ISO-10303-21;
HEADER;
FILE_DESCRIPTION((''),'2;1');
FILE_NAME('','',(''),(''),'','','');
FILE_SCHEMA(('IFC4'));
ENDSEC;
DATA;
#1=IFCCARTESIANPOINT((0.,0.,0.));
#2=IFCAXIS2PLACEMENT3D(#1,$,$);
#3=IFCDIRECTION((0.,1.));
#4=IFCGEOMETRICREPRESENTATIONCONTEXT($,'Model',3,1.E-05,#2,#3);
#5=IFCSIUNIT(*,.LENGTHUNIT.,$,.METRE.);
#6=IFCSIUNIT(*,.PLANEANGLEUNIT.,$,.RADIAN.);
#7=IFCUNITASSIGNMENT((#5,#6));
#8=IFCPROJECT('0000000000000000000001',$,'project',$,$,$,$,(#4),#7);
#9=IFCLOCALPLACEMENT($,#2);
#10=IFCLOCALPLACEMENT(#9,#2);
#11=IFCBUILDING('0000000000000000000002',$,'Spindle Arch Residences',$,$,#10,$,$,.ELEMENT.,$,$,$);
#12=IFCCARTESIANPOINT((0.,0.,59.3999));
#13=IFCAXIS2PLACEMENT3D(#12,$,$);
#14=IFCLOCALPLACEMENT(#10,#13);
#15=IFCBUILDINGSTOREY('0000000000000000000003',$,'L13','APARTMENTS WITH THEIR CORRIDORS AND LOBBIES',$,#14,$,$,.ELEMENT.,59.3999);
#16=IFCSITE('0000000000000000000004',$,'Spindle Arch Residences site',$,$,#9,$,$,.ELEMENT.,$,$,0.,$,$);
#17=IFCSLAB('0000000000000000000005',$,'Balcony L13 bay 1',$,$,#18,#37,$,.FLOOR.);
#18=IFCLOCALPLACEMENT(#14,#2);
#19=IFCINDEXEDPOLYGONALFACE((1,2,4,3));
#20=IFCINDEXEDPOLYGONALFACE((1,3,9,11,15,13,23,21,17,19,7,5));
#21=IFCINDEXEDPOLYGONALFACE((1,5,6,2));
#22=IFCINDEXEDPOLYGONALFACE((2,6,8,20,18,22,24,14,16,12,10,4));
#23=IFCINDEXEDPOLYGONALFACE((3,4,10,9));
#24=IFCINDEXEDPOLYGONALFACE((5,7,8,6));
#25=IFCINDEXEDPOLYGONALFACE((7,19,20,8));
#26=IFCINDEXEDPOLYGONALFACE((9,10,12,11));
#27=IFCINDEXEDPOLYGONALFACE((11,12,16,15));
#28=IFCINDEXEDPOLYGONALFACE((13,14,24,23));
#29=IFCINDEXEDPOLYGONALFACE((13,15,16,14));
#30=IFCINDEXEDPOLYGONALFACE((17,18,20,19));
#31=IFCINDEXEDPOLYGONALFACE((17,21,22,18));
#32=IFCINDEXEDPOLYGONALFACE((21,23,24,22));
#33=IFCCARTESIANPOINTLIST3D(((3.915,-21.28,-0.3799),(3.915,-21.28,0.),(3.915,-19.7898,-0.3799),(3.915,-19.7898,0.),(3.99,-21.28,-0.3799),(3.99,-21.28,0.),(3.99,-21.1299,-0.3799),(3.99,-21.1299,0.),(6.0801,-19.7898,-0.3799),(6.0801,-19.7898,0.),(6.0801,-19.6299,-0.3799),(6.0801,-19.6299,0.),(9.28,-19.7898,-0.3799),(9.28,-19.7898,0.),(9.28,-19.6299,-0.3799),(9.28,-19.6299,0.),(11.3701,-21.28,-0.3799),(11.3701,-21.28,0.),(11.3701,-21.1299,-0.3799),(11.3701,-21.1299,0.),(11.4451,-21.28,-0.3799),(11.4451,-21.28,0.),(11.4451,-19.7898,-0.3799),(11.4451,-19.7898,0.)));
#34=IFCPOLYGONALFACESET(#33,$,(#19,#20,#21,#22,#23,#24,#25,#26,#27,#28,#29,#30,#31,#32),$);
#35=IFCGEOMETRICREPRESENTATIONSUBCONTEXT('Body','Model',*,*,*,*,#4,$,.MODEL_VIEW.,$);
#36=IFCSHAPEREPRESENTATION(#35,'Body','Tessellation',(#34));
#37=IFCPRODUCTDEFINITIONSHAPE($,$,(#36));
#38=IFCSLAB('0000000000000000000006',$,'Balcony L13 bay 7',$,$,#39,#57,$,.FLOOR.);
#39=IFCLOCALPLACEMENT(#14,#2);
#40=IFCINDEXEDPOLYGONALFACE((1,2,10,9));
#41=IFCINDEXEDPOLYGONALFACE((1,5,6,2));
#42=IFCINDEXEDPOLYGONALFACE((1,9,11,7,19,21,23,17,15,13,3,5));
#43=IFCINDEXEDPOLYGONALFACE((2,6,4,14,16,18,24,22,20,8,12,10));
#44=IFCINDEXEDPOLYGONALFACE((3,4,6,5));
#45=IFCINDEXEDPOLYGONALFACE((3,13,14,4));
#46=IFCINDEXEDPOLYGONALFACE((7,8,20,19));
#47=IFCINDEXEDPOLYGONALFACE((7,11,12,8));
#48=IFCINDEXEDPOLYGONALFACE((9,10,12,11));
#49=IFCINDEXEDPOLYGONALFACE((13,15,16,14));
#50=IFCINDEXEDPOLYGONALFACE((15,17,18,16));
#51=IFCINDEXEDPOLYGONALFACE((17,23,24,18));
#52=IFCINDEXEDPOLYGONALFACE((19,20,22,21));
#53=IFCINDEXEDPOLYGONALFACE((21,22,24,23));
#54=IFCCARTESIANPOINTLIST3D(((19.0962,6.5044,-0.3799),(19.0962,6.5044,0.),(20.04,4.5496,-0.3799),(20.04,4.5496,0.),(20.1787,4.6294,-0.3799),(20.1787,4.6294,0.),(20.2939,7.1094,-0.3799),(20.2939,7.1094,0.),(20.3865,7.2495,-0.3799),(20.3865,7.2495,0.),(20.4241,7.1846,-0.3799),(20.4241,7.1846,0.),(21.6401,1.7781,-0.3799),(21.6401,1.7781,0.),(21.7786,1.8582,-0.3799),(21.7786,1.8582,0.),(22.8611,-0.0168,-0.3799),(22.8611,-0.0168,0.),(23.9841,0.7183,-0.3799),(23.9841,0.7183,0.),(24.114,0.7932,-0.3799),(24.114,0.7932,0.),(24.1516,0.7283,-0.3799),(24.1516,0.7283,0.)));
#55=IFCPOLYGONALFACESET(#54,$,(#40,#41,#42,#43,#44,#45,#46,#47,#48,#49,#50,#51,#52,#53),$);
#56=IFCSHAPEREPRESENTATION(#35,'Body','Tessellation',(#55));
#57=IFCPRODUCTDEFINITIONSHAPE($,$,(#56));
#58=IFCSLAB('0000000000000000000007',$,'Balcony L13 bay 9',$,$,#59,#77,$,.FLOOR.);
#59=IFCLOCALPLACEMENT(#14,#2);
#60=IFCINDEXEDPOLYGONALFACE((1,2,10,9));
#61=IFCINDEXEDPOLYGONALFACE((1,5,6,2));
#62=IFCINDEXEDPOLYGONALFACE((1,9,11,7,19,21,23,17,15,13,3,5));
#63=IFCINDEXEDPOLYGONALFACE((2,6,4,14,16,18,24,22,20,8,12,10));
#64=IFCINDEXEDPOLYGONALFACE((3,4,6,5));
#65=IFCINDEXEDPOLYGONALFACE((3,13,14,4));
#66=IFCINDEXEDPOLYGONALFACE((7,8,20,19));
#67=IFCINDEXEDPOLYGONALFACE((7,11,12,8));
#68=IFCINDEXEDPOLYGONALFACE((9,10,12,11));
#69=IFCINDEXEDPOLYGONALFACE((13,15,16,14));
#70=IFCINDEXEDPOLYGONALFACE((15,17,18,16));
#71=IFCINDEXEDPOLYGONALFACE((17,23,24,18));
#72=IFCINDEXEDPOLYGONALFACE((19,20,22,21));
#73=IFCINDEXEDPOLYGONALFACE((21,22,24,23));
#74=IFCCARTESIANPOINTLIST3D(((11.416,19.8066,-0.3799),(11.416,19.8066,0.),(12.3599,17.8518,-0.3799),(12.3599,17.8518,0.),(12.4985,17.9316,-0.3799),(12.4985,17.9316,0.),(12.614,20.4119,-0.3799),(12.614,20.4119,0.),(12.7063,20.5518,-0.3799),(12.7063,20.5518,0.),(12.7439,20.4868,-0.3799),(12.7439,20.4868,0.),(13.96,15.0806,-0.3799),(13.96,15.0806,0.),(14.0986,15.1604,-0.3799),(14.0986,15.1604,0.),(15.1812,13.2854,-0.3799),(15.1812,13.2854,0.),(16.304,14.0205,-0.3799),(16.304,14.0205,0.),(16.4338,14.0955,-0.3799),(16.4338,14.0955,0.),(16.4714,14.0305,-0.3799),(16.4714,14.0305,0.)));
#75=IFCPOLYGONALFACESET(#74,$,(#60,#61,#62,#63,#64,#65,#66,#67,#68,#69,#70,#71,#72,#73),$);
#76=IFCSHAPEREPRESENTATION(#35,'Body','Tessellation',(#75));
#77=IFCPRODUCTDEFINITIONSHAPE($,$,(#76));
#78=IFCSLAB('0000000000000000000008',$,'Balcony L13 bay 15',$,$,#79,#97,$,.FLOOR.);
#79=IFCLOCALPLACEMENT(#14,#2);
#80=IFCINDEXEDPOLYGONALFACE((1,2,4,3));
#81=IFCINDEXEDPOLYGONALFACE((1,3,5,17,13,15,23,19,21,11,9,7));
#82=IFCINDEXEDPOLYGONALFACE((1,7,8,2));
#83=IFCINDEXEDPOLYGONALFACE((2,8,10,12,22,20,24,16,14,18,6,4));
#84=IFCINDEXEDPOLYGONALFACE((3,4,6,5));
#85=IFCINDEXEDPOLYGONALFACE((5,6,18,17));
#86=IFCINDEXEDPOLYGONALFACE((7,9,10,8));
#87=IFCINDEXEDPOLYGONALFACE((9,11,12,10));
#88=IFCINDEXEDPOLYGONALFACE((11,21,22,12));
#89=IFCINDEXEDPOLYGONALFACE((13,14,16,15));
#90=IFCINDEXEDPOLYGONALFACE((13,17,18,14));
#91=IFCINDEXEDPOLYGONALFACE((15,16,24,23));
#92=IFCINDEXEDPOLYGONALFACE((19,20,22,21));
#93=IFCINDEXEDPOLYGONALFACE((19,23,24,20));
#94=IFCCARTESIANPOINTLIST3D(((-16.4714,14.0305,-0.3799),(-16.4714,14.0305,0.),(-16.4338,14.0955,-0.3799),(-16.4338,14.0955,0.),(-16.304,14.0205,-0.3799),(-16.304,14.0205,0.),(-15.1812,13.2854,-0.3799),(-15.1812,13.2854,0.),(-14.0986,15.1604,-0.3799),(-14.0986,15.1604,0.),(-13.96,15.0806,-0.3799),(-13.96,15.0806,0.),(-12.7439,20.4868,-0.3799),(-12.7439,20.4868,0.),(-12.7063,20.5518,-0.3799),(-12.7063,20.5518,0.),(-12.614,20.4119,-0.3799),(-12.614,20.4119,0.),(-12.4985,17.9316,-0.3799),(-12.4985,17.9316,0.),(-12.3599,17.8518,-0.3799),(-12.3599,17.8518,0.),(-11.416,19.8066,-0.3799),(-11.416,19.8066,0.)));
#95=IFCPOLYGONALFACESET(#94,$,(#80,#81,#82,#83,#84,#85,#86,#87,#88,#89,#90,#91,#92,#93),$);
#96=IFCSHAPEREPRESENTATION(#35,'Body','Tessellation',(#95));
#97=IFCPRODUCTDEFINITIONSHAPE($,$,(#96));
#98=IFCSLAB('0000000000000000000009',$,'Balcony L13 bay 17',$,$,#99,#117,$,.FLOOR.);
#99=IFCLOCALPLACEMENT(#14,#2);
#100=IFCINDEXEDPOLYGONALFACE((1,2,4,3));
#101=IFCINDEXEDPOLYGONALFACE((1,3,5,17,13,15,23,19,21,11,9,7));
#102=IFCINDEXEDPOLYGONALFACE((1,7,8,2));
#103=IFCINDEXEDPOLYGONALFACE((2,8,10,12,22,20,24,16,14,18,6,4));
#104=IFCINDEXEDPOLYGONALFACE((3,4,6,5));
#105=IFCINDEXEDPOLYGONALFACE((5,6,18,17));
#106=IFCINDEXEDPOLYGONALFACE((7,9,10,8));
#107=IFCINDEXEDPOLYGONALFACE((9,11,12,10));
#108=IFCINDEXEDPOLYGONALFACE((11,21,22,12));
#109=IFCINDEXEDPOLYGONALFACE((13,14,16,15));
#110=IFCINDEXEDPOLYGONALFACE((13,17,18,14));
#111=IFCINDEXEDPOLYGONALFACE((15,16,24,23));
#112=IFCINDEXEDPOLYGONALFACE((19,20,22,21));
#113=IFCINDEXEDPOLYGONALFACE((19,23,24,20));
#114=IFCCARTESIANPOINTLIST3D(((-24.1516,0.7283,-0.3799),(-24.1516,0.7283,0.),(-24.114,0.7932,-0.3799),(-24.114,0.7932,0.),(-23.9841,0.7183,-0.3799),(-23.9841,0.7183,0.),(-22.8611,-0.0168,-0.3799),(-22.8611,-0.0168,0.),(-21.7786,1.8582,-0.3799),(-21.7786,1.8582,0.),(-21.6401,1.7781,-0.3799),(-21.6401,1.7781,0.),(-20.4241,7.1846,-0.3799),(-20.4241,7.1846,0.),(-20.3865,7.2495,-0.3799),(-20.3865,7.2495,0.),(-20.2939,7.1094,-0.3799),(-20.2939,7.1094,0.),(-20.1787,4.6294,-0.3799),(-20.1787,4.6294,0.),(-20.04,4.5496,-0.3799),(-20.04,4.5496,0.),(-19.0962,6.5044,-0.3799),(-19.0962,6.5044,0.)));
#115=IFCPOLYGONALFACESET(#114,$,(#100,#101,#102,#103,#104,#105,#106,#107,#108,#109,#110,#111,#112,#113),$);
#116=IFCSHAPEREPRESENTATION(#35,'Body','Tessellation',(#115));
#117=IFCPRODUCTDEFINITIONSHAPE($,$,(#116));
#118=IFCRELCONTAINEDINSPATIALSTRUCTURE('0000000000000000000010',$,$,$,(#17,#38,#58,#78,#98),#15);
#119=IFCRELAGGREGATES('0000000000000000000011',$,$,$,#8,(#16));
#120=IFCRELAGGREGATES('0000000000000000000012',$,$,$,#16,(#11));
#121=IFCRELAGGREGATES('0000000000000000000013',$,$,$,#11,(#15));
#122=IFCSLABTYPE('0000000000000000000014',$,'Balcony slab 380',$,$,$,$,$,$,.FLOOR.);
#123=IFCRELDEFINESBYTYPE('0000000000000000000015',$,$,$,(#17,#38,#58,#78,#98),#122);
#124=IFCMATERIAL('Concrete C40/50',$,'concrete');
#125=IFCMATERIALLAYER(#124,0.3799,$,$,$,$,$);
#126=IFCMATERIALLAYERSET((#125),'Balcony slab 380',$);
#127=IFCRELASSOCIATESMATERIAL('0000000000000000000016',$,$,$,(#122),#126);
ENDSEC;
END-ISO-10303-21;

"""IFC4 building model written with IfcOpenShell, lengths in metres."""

from ifc_helpers import new_model, si_unit, direction, frame, origin, place, context, subcontext, project, spatial, polyline, outline, extrude, material, layer, layer_set, type_object, element, save


model = new_model("IFC4")

# Units and contexts
model_context = context("Model", 3, precision=1e-05, world=origin(), true_north=direction((0.0, 1.0)))
body_context = subcontext(model_context, "Body", "Model", "MODEL_VIEW")
ifc_project = project(units=[si_unit("LENGTHUNIT", "METRE"), si_unit("PLANEANGLEUNIT", "RADIAN")], contexts=[model_context])

# Site, building, storey
site_placement = place(None, origin())
site = spatial("IfcSite", under=ifc_project, at=site_placement, Name="Spindle Arch Residences site", CompositionType="ELEMENT", RefElevation=0.0)
building_placement = place(site_placement, origin())
building = spatial("IfcBuilding", under=site, at=building_placement, Name="Spindle Arch Residences", CompositionType="ELEMENT")
storey_placement = place(building_placement, frame((0.0, 0.0, 59.3999)))
storey = spatial("IfcBuildingStorey", under=building, at=storey_placement, Name="L13", Description="APARTMENTS WITH THEIR CORRIDORS AND LOBBIES", CompositionType="ELEMENT", Elevation=59.3999)

# Slabs
ifc_material_1 = material(Name="Concrete C40/50", Category="concrete")
ifc_layer_1 = layer(ifc_material_1, 0.3799)
ifc_layer_set_1 = layer_set([ifc_layer_1], Name="Balcony slab 380")
slab_type_1 = type_object("IfcSlabType", Name="Balcony slab 380", PredefinedType="FLOOR", material=ifc_layer_set_1)
slab_1_placement = place(storey_placement, frame((0.0, 0.0, -0.3799)))
element("IfcSlab", 1, at=slab_1_placement, inside=storey, type_object=slab_type_1, Name="Balcony L13 bay 1", PredefinedType="FLOOR", context=body_context, shape_type="SweptSolid", body=[
    extrude(outline(polyline([(3.915, -21.28), (3.99, -21.28), (3.99, -21.1299), (11.3701, -21.1299), (11.3701, -21.28), (11.4451, -21.28), (11.4451, -19.7898), (9.28, -19.7898), (9.28, -19.6299), (6.0801, -19.6299), (6.0801, -19.7898), (3.915, -19.7898), (3.915, -21.28)])), origin(), (0.0, 0.0, 1.0), 0.3799),
])
slab_2_placement = place(storey_placement, frame((0.0, 0.0, -0.3799)))
element("IfcSlab", 2, at=slab_2_placement, inside=storey, type_object=slab_type_1, Name="Balcony L13 bay 7", PredefinedType="FLOOR", context=body_context, shape_type="SweptSolid", body=[
    extrude(outline(polyline([(24.1516, 0.7283), (24.114, 0.7932), (23.9841, 0.7183), (20.2939, 7.1094), (20.4241, 7.1846), (20.3865, 7.2495), (19.0962, 6.5044), (20.1787, 4.6294), (20.04, 4.5496), (21.6401, 1.7781), (21.7786, 1.8582), (22.8611, -0.0168), (24.1516, 0.7283)])), origin(), (0.0, 0.0, 1.0), 0.3799),
])
slab_3_placement = place(storey_placement, frame((0.0, 0.0, -0.3799)))
element("IfcSlab", 3, at=slab_3_placement, inside=storey, type_object=slab_type_1, Name="Balcony L13 bay 9", PredefinedType="FLOOR", context=body_context, shape_type="SweptSolid", body=[
    extrude(outline(polyline([(16.4714, 14.0305), (16.4338, 14.0955), (16.304, 14.0205), (12.614, 20.4119), (12.7439, 20.4868), (12.7063, 20.5518), (11.416, 19.8066), (12.4985, 17.9316), (12.3599, 17.8518), (13.96, 15.0806), (14.0986, 15.1604), (15.1812, 13.2854), (16.4714, 14.0305)])), origin(), (0.0, 0.0, 1.0), 0.3799),
])
slab_4_placement = place(storey_placement, frame((0.0, 0.0, -0.3799)))
element("IfcSlab", 4, at=slab_4_placement, inside=storey, type_object=slab_type_1, Name="Balcony L13 bay 15", PredefinedType="FLOOR", context=body_context, shape_type="SweptSolid", body=[
    extrude(outline(polyline([(-12.7063, 20.5518), (-12.7439, 20.4868), (-12.614, 20.4119), (-16.304, 14.0205), (-16.4338, 14.0955), (-16.4714, 14.0305), (-15.1812, 13.2854), (-14.0986, 15.1604), (-13.96, 15.0806), (-12.3599, 17.8518), (-12.4985, 17.9316), (-11.416, 19.8066), (-12.7063, 20.5518)])), origin(), (0.0, 0.0, 1.0), 0.3799),
])
slab_5_placement = place(storey_placement, frame((0.0, 0.0, -0.3799)))
element("IfcSlab", 5, at=slab_5_placement, inside=storey, type_object=slab_type_1, Name="Balcony L13 bay 17", PredefinedType="FLOOR", context=body_context, shape_type="SweptSolid", body=[
    extrude(outline(polyline([(-20.3865, 7.2495), (-20.4241, 7.1846), (-20.2939, 7.1094), (-23.9841, 0.7183), (-24.114, 0.7932), (-24.1516, 0.7283), (-22.8611, -0.0168), (-21.7786, 1.8582), (-21.6401, 1.7781), (-20.04, 4.5496), (-20.1787, 4.6294), (-19.0962, 6.5044), (-20.3865, 7.2495)])), origin(), (0.0, 0.0, 1.0), 0.3799),
])

save(model, "model.ifc")
